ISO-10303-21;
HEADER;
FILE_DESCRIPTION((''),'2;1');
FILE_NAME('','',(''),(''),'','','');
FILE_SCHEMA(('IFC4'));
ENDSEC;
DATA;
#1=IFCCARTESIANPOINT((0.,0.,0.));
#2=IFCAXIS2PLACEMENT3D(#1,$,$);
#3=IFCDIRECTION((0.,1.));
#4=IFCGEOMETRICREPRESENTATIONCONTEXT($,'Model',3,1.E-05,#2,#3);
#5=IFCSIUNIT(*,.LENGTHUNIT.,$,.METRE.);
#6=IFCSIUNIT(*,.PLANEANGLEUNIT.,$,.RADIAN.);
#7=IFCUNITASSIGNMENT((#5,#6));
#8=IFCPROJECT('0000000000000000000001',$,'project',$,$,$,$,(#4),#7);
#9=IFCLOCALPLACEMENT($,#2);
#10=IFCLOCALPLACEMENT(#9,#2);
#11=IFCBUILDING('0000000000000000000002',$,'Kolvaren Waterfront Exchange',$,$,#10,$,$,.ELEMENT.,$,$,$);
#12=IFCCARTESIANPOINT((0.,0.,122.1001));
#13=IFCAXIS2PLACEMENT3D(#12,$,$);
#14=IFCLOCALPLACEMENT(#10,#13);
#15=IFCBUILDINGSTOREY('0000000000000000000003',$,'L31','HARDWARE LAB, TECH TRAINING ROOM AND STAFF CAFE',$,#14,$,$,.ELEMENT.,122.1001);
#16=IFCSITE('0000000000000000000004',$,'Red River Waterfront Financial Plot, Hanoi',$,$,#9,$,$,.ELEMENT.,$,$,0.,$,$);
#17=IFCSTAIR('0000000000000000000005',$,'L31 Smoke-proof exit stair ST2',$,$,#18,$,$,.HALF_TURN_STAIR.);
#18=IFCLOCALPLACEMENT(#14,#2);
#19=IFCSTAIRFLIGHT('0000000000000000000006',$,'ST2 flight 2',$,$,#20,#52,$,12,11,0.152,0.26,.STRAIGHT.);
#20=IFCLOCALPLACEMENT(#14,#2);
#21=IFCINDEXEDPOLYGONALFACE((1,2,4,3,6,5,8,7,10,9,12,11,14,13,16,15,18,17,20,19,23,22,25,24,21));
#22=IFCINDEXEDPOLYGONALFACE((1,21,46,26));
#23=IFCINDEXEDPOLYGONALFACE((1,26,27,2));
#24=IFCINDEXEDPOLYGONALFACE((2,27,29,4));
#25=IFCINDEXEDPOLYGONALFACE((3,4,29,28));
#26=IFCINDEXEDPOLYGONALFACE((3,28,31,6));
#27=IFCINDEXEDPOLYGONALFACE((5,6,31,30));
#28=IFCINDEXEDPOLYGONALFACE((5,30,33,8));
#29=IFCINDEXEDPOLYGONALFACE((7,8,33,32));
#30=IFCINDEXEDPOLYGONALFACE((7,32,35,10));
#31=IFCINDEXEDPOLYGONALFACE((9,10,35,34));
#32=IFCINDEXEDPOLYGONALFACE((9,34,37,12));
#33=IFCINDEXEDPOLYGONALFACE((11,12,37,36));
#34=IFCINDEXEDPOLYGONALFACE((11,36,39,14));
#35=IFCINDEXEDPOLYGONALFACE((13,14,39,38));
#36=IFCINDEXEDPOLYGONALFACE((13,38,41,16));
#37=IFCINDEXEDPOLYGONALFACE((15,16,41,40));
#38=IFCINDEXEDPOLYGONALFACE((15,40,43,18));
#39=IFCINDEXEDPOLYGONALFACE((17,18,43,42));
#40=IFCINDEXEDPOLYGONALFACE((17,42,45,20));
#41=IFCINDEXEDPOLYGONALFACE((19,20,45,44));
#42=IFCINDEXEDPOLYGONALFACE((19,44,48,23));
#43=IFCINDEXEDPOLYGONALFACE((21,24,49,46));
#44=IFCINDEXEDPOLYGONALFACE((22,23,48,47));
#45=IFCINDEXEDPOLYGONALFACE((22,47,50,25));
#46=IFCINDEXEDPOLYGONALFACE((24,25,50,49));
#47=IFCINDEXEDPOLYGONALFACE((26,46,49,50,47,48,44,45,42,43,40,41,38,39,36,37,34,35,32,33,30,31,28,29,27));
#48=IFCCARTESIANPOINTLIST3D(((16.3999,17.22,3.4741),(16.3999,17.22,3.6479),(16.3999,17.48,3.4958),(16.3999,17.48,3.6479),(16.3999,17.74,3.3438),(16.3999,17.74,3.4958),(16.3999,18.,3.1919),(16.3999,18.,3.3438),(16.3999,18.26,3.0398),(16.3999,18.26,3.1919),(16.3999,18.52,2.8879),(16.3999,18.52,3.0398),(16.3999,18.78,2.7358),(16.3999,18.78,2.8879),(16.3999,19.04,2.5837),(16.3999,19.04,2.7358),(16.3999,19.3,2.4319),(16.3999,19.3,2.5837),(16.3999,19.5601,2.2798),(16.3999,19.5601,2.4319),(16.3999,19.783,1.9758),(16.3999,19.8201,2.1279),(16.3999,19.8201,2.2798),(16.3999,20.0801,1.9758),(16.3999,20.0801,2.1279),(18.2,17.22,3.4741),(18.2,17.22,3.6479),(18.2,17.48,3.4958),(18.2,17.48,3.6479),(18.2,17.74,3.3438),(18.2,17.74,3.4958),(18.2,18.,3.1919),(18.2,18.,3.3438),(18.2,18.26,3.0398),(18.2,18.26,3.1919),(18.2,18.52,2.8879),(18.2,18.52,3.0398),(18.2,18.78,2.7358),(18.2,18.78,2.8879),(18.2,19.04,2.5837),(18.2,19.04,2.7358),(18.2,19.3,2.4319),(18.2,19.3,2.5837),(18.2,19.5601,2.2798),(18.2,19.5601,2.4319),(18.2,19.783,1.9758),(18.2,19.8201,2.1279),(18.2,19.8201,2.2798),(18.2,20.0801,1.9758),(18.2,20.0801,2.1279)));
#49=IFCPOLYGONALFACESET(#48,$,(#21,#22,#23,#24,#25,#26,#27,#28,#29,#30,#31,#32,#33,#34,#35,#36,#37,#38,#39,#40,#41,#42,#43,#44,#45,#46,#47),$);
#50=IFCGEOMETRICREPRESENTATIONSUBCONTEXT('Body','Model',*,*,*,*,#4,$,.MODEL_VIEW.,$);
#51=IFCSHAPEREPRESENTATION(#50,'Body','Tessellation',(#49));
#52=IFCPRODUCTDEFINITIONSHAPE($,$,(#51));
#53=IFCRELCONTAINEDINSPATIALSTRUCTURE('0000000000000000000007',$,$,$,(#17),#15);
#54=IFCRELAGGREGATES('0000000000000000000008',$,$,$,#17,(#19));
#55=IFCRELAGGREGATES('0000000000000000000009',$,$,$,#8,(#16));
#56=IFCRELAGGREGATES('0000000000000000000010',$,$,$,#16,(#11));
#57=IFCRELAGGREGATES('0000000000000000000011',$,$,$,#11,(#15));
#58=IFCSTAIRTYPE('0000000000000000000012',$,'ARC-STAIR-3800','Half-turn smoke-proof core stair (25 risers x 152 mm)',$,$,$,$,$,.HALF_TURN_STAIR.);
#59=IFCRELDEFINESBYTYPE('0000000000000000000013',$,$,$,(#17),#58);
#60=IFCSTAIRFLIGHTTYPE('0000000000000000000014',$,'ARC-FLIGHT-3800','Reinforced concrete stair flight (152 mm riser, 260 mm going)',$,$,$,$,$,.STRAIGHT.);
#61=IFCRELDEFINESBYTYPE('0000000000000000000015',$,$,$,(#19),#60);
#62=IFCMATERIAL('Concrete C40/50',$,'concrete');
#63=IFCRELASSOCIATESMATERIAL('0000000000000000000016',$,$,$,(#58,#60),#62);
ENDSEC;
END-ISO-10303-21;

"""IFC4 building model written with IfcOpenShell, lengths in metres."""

from ifc_helpers import new_model, si_unit, direction, frame, origin, place, context, subcontext, project, spatial, polyline, outline, extrude, material, type_object, element, aggregate, save


model = new_model("IFC4")

# Units and contexts
model_context = context("Model", 3, precision=1e-05, world=origin(), true_north=direction((0.0, 1.0)))
body_context = subcontext(model_context, "Body", "Model", "MODEL_VIEW")
ifc_project = project(units=[si_unit("LENGTHUNIT", "METRE"), si_unit("PLANEANGLEUNIT", "RADIAN")], contexts=[model_context])

# Site, building, storey
site_placement = place(None, origin())
site = spatial("IfcSite", under=ifc_project, at=site_placement, Name="Red River Waterfront Financial Plot, Hanoi", CompositionType="ELEMENT", RefElevation=0.0)
building_placement = place(site_placement, origin())
building = spatial("IfcBuilding", under=site, at=building_placement, Name="Kolvaren Waterfront Exchange", CompositionType="ELEMENT")
storey_placement = place(building_placement, frame((0.0, 0.0, 122.1001)))
storey = spatial("IfcBuildingStorey", under=building, at=storey_placement, Name="L31", Description="HARDWARE LAB, TECH TRAINING ROOM AND STAFF CAFE", CompositionType="ELEMENT", Elevation=122.1001)

# Stair, stair flight
ifc_material_1 = material(Name="Concrete C40/50", Category="concrete")
stair_type = type_object("IfcStairType", Name="ARC-STAIR-3800", Description="Half-turn smoke-proof core stair (25 risers x 152 mm)", PredefinedType="HALF_TURN_STAIR", material=ifc_material_1)
stair_placement = place(storey_placement, origin())
stair = element("IfcStair", 1, at=stair_placement, inside=storey, type_object=stair_type, Name="L31 Smoke-proof exit stair ST2", PredefinedType="HALF_TURN_STAIR")
stair_flight_type = type_object("IfcStairFlightType", Name="ARC-FLIGHT-3800", Description="Reinforced concrete stair flight (152 mm riser, 260 mm going)", PredefinedType="STRAIGHT", material=ifc_material_1)
stair_flight_placement = place(storey_placement, frame((17.3, 20.0801, 1.9758), z_axis=(0.0, 0.0, 1.0), x_axis=(0.0, -1.0, 0.0)))
stair_flight = element("IfcStairFlight", 2, at=stair_flight_placement, type_object=stair_flight_type, Name="ST2 flight 2", NumberOfRisers=12, NumberOfTreads=11, PredefinedType="STRAIGHT", RiserHeight=0.152, TreadLength=0.26, context=body_context, shape_type="SweptSolid", body=[
    extrude(outline(polyline([(0.0, 0.0), (0.0, 0.1521), (0.26, 0.1521), (0.26, 0.304), (0.52, 0.304), (0.52, 0.4561), (0.78, 0.4561), (0.78, 0.6079), (1.04, 0.6079), (1.04, 0.76), (1.3, 0.76), (1.3, 0.9121), (1.5601, 0.9121), (1.5601, 1.064), (1.8201, 1.064), (1.8201, 1.2161), (2.0801, 1.2161), (2.0801, 1.3679), (2.3401, 1.3679), (2.3401, 1.52), (2.6001, 1.52), (2.6001, 1.6721), (2.8601, 1.6721), (2.8601, 1.824), (2.8601, 1.4983), (0.2971, 0.0), (0.0, 0.0)])), frame((0.0, 0.8999, 0.0), z_axis=(0.0, -1.0, 0.0), x_axis=(1.0, 0.0, 0.0)), (0.0, 0.0, 1.0), 1.8),
])
aggregate(stair, [stair_flight])

save(model, "model.ifc")
